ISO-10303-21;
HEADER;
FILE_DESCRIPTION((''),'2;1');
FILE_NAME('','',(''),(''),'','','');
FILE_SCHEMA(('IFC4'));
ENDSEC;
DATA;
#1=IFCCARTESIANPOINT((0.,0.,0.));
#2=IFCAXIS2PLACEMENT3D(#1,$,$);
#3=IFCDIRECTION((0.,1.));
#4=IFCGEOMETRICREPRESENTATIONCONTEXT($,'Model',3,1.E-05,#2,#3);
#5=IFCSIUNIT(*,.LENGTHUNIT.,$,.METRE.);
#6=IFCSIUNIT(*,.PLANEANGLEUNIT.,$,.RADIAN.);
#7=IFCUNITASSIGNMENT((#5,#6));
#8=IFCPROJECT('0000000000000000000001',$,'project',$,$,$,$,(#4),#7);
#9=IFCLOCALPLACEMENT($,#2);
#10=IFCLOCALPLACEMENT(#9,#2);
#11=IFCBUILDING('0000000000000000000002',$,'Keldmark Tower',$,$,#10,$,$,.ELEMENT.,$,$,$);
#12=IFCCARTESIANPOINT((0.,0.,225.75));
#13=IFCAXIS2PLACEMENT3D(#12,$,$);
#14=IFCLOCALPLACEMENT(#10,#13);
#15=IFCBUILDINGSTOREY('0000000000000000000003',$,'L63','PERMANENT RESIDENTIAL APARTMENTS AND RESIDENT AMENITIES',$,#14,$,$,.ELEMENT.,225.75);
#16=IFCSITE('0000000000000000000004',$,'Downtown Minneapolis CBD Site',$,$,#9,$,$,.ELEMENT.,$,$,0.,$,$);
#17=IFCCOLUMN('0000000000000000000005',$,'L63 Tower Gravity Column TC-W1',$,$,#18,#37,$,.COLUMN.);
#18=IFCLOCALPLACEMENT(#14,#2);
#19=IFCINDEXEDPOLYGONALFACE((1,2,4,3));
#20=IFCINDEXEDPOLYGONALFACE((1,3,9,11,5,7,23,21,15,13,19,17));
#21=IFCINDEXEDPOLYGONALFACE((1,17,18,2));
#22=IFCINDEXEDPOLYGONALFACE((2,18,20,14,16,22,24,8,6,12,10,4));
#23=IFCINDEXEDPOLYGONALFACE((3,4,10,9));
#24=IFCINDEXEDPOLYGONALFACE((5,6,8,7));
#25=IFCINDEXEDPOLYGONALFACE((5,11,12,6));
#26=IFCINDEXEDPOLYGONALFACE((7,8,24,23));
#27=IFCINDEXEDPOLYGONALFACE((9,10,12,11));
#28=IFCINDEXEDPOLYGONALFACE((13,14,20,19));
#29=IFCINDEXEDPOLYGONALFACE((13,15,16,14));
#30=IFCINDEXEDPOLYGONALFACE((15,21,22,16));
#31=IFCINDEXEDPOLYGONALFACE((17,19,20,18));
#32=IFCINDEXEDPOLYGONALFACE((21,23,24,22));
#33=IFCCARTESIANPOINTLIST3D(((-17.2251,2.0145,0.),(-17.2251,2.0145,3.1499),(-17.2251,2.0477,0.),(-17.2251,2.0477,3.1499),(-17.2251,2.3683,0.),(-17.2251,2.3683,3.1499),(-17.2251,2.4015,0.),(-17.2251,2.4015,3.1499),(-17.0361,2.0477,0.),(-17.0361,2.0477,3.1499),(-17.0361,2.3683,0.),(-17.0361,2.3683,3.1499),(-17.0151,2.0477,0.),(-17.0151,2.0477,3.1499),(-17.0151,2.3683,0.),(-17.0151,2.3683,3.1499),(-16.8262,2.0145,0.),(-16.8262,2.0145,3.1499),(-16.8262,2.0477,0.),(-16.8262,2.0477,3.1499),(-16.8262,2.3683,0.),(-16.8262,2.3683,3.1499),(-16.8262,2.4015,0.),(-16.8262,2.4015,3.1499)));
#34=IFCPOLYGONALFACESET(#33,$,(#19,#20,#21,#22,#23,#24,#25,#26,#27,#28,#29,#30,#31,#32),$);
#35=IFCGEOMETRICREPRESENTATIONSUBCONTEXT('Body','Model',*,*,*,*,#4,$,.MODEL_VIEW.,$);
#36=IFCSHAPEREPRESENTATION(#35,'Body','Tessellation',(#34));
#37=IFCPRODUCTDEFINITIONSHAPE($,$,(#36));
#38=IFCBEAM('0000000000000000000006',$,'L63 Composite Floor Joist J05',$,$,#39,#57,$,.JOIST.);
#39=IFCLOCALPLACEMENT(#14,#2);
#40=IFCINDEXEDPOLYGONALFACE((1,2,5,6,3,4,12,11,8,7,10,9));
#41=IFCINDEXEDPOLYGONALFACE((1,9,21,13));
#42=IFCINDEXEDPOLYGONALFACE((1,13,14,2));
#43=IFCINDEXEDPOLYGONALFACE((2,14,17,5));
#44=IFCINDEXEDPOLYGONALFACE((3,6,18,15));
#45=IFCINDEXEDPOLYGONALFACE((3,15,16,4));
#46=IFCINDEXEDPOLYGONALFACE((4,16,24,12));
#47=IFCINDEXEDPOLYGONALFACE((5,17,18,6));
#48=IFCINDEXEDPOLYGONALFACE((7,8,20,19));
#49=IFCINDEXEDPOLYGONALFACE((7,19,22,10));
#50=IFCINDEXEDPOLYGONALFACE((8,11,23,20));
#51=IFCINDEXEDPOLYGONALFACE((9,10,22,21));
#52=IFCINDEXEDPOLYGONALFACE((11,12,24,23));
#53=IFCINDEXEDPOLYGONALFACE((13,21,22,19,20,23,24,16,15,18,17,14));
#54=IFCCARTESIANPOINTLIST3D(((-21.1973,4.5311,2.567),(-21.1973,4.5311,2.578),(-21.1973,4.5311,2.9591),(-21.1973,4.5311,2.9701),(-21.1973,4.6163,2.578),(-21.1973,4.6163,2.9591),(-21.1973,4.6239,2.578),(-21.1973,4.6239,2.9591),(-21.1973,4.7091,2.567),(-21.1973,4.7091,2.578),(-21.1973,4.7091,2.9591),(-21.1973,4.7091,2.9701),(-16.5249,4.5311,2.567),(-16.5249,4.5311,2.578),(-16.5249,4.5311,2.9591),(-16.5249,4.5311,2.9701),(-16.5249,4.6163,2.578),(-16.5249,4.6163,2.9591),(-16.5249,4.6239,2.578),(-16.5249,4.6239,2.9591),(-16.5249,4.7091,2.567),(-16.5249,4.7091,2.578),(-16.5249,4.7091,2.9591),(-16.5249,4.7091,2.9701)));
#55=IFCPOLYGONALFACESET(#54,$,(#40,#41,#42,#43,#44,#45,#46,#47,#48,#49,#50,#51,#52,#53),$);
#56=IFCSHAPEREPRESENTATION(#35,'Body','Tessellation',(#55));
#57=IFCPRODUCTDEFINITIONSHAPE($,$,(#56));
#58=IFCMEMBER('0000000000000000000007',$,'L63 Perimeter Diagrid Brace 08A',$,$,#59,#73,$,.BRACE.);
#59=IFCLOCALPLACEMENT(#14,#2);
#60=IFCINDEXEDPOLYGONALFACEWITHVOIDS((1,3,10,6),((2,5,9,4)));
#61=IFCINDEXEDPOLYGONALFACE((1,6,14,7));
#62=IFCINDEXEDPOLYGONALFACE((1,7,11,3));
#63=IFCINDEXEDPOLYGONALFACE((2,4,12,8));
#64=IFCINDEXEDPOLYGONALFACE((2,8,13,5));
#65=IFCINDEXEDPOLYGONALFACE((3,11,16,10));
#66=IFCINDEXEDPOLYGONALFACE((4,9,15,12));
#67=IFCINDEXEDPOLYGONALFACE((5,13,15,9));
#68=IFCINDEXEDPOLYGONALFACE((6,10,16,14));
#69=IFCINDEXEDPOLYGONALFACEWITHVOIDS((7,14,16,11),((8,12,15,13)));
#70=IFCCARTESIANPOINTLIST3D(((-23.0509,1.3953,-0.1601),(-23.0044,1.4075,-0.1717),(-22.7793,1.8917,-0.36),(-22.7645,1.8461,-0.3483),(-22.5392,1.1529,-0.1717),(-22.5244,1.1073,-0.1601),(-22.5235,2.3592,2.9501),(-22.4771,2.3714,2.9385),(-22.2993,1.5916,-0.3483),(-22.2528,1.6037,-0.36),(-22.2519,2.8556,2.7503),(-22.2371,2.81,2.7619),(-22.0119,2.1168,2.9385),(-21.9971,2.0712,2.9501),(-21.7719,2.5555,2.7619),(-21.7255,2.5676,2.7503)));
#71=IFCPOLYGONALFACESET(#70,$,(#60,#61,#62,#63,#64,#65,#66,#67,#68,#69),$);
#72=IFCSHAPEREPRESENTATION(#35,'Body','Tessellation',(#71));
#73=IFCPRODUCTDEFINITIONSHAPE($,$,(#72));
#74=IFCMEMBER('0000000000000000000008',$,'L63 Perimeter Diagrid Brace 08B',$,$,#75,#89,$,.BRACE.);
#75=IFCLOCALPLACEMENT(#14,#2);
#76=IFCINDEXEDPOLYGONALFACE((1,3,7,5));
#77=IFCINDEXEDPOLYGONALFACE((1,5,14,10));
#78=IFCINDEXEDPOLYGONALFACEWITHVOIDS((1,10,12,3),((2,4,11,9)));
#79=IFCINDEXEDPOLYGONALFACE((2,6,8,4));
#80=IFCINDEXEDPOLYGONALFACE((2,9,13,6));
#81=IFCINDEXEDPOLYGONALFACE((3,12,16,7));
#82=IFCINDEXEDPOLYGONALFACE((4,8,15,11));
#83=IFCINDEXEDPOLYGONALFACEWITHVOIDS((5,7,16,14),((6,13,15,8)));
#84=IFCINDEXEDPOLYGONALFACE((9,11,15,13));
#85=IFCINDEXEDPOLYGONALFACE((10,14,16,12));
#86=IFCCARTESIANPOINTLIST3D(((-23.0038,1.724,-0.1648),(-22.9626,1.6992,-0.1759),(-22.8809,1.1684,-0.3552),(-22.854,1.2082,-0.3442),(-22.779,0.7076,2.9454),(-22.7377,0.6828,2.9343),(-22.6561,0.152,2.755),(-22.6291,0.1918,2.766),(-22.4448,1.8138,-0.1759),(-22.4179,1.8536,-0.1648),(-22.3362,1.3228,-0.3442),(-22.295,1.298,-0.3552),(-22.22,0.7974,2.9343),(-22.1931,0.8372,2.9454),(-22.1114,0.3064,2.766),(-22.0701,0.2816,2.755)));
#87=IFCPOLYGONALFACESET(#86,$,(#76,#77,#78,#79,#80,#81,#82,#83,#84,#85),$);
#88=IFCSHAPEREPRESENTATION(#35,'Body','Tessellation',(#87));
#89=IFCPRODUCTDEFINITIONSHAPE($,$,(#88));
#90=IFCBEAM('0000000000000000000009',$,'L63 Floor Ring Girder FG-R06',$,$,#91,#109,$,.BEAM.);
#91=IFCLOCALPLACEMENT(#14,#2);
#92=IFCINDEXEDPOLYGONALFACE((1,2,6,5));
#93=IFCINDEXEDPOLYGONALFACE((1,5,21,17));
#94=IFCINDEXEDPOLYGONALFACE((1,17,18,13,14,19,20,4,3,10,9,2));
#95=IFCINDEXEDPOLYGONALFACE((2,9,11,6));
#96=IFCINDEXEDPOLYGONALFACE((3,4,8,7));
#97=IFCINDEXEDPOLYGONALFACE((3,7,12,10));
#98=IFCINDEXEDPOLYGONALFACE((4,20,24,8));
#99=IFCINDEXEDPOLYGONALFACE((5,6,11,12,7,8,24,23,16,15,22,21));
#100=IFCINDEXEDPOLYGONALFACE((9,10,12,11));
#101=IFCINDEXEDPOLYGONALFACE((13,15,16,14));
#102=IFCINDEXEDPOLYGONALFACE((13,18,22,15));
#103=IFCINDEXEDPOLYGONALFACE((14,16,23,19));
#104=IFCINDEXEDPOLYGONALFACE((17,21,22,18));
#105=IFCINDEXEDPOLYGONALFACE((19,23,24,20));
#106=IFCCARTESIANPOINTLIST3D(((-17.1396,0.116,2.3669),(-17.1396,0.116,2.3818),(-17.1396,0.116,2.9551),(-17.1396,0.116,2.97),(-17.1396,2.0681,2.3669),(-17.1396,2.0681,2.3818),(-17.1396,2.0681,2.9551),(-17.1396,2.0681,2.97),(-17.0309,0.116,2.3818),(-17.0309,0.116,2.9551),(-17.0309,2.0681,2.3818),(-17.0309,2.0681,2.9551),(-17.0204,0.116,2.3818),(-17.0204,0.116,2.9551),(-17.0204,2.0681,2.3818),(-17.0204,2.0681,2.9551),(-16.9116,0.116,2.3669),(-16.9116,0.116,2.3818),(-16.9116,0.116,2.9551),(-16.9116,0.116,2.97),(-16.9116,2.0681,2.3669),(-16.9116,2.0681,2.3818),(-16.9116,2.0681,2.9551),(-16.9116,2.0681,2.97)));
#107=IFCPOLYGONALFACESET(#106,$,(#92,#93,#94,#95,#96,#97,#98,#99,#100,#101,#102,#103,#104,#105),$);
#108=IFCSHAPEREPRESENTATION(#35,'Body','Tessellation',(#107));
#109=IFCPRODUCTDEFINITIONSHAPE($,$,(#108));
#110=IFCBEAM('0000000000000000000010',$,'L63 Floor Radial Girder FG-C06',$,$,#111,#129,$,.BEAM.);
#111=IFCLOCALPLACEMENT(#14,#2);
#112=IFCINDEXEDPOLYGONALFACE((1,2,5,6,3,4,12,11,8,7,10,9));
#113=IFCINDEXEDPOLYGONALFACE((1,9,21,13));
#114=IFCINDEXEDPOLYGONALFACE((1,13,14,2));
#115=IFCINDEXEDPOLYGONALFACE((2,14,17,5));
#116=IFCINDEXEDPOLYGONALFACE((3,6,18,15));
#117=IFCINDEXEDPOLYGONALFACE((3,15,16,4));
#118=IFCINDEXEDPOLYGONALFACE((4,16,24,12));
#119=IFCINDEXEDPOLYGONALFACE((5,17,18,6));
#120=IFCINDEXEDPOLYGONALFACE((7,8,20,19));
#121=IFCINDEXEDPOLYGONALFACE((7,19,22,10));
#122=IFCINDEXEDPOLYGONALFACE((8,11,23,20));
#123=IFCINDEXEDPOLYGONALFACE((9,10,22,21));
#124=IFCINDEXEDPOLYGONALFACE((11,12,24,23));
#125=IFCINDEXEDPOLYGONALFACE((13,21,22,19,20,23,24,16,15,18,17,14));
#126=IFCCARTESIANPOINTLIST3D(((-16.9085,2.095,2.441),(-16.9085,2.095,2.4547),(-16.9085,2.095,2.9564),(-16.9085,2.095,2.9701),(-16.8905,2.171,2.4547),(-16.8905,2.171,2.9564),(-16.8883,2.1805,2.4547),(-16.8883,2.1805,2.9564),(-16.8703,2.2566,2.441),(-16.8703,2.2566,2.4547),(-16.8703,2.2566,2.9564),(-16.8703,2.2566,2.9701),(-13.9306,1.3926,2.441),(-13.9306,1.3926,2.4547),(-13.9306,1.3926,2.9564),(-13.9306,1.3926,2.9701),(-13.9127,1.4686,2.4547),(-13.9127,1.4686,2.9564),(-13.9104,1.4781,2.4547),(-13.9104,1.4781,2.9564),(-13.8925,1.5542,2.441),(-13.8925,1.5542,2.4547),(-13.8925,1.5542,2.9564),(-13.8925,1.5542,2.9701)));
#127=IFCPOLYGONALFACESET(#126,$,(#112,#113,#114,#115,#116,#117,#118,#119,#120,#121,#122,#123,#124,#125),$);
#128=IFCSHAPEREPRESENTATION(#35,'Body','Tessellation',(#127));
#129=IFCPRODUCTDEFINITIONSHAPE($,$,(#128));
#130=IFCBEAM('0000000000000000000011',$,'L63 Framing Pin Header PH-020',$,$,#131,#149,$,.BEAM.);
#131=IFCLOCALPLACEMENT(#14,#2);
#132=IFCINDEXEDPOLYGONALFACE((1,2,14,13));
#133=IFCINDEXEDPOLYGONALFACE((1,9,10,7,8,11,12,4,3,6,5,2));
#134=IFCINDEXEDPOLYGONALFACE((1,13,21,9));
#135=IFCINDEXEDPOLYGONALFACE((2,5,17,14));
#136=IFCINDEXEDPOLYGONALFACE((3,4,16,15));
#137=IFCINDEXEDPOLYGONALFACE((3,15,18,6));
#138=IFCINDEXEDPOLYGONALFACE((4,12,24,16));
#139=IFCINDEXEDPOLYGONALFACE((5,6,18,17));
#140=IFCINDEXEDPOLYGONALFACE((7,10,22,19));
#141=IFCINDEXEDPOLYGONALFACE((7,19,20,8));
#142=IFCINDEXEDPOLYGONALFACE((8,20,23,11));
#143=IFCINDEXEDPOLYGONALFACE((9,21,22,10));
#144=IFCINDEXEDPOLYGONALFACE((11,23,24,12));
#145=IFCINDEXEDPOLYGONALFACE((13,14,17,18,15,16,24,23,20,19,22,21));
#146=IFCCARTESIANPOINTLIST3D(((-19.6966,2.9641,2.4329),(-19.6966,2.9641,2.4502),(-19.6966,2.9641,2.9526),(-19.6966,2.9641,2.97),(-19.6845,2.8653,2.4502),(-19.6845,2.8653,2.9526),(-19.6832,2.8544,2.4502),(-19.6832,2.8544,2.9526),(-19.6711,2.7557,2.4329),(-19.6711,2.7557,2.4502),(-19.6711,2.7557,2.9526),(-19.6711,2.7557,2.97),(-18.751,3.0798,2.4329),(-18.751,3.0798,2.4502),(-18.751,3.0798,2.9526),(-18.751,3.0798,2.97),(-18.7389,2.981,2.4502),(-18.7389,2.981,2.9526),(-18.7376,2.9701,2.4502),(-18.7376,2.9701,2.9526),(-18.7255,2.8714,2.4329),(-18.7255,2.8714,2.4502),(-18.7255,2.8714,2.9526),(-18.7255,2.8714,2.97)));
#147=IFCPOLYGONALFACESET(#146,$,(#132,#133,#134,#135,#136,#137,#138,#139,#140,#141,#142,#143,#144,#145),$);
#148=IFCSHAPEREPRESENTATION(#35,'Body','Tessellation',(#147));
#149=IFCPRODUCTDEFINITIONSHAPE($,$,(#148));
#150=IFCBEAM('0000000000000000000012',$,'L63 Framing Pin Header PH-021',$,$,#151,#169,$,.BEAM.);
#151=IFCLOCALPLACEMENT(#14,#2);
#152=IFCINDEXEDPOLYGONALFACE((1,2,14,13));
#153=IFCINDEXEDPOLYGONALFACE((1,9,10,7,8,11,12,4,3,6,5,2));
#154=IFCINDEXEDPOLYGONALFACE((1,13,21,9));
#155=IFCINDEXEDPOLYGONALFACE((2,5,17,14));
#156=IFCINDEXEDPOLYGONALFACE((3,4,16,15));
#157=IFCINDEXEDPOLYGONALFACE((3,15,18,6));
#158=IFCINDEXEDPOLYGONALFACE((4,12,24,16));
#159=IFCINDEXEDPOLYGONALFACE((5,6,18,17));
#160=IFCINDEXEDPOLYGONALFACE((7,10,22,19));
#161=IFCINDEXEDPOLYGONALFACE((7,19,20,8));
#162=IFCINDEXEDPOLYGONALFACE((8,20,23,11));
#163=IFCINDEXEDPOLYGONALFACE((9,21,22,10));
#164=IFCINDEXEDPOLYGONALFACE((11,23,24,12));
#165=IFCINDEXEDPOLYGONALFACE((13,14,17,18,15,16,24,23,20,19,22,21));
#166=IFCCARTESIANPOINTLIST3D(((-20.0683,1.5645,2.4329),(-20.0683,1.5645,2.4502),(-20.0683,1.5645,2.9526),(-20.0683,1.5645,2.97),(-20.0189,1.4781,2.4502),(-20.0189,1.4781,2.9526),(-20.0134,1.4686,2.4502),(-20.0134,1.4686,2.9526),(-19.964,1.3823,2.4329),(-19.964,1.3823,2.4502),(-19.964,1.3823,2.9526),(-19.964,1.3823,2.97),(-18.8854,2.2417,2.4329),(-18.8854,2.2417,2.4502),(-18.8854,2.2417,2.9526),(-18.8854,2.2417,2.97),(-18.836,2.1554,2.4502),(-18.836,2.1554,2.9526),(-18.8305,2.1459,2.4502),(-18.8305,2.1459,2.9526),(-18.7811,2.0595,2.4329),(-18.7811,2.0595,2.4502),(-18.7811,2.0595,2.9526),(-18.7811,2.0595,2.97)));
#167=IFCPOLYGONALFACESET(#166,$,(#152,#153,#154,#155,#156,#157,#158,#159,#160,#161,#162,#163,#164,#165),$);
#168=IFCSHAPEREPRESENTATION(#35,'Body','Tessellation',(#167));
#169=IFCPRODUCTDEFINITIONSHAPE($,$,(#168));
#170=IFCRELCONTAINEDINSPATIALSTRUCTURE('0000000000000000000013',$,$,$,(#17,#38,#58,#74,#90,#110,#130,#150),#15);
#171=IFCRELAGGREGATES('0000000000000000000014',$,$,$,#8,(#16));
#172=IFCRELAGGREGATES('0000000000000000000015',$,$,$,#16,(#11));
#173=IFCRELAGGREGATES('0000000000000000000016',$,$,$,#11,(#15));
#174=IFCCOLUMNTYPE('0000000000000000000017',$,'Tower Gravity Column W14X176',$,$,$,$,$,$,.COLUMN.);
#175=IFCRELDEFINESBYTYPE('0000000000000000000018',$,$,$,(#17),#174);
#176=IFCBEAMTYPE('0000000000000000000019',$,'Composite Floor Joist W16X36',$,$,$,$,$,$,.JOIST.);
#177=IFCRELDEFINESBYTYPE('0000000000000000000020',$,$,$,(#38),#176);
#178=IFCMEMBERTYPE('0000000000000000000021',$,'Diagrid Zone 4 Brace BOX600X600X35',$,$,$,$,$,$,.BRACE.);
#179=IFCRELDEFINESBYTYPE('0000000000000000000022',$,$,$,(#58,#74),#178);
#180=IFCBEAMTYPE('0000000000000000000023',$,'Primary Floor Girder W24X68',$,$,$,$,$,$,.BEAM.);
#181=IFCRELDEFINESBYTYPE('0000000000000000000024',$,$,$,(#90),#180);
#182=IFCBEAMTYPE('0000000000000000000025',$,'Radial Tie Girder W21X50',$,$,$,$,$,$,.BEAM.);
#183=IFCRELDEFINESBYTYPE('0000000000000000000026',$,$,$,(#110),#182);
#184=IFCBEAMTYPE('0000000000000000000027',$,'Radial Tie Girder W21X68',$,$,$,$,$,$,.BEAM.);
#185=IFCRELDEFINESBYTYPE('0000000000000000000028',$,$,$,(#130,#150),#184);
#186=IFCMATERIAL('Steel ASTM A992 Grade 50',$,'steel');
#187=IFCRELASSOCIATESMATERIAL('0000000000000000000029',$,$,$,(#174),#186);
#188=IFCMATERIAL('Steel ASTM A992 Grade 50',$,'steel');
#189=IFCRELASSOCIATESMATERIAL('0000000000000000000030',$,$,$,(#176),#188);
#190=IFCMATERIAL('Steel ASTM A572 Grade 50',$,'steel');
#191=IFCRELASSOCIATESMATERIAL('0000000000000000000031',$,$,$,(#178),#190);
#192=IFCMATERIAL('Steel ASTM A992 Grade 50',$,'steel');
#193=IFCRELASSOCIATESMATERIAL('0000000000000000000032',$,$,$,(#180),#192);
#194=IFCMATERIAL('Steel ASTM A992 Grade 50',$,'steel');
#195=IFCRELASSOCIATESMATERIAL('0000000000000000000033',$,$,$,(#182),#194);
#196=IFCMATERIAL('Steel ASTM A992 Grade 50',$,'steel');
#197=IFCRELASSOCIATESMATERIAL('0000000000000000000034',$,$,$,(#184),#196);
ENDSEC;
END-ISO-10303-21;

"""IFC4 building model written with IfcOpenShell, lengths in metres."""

from ifc_helpers import new_model, si_unit, direction, frame, origin, origin_2d, place, context, subcontext, project, spatial, hollow_rectangle, i_section, extrude, material, material_profile, profile_set, type_object, element, save


model = new_model("IFC4")

# Units and contexts
model_context = context("Model", 3, precision=1e-05, world=origin(), true_north=direction((0.0, 1.0)))
body_context = subcontext(model_context, "Body", "Model", "MODEL_VIEW")
ifc_project = project(units=[si_unit("LENGTHUNIT", "METRE"), si_unit("PLANEANGLEUNIT", "RADIAN")], contexts=[model_context])

# Site, building, storey
site_placement = place(None, origin())
site = spatial("IfcSite", under=ifc_project, at=site_placement, Name="Downtown Minneapolis CBD Site", CompositionType="ELEMENT", RefElevation=0.0)
building_placement = place(site_placement, origin())
building = spatial("IfcBuilding", under=site, at=building_placement, Name="Keldmark Tower", CompositionType="ELEMENT")
storey_placement = place(building_placement, frame((0.0, 0.0, 225.75)))
storey = spatial("IfcBuildingStorey", under=building, at=storey_placement, Name="L63", Description="PERMANENT RESIDENTIAL APARTMENTS AND RESIDENT AMENITIES", CompositionType="ELEMENT", Elevation=225.75)

# Column
ifc_material_1 = material(Name="Steel ASTM A992 Grade 50", Category="steel")
ifc_material_profile_1 = material_profile(ifc_material_1, i_section(OverallWidth=0.3989, OverallDepth=0.387, WebThickness=0.021, FlangeThickness=0.0332, at=origin_2d()), Name="W14X176")
ifc_profile_set_1 = profile_set([ifc_material_profile_1], Name="Steel ASTM A992 Grade 50")
column_type = type_object("IfcColumnType", Name="Tower Gravity Column W14X176", PredefinedType="COLUMN", material=ifc_profile_set_1)
column_placement = place(storey_placement, frame((-17.0256, 2.208, 0.0), z_axis=(0.0, 0.0, 1.0), x_axis=(1.0, 0.0, 0.0)))
element("IfcColumn", 1, at=column_placement, inside=storey, type_object=column_type, Name="L63 Tower Gravity Column TC-W1", PredefinedType="COLUMN", context=body_context, shape_type="SweptSolid", body=[
    extrude(i_section(OverallWidth=0.3989, OverallDepth=0.387, WebThickness=0.021, FlangeThickness=0.0332, at=origin_2d()), origin(), (0.0, 0.0, 1.0), 3.1499),
])

# Beam
ifc_material_2 = material(Name="Steel ASTM A992 Grade 50", Category="steel")
ifc_material_profile_2 = material_profile(ifc_material_2, i_section(OverallWidth=0.178, OverallDepth=0.4031, WebThickness=0.0076, FlangeThickness=0.011, at=origin_2d()), Name="W16X36")
ifc_profile_set_2 = profile_set([ifc_material_profile_2], Name="Steel ASTM A992 Grade 50")
beam_type_1 = type_object("IfcBeamType", Name="Composite Floor Joist W16X36", PredefinedType="JOIST", material=ifc_profile_set_2)
beam_1_placement = place(storey_placement, frame((-21.1973, 4.6201, 2.7686), z_axis=(1.0, 0.0, 0.0), x_axis=(0.0, 1.0, 0.0)))
element("IfcBeam", 2, at=beam_1_placement, inside=storey, type_object=beam_type_1, Name="L63 Composite Floor Joist J05", PredefinedType="JOIST", context=body_context, shape_type="SweptSolid", body=[
    extrude(i_section(OverallWidth=0.178, OverallDepth=0.4031, WebThickness=0.0076, FlangeThickness=0.011, at=origin_2d()), origin(), (0.0, 0.0, 1.0), 4.6724),
])

# Members
ifc_material_3 = material(Name="Steel ASTM A572 Grade 50", Category="steel")
ifc_material_profile_3 = material_profile(ifc_material_3, hollow_rectangle(XDim=0.6001, YDim=0.6001, WallThickness=0.0349, at=origin_2d()), Name="BOX600X600X35")
ifc_profile_set_3 = profile_set([ifc_material_profile_3], Name="Steel ASTM A572 Grade 50")
member_type = type_object("IfcMemberType", Name="Diagrid Zone 4 Brace BOX600X600X35", PredefinedType="BRACE", material=ifc_profile_set_3)
member_1_placement = place(storey_placement, frame((-22.6519, 1.4995, -0.26), z_axis=(0.159875, 0.292217, 0.942894), x_axis=(-0.877283, 0.479973, 0.0)))
element("IfcMember", 3, at=member_1_placement, inside=storey, type_object=member_type, Name="L63 Perimeter Diagrid Brace 08A", PredefinedType="BRACE", context=body_context, shape_type="SweptSolid", body=[
    extrude(hollow_rectangle(XDim=0.6001, YDim=0.6001, WallThickness=0.0349, at=origin_2d()), origin(), (0.0, 0.0, 1.0), 3.2986),
])
member_2_placement = place(storey_placement, frame((-22.6494, 1.511, -0.26), z_axis=(0.06856, -0.309895, 0.948296), x_axis=(0.976391, 0.216012, 0.0)))
element("IfcMember", 4, at=member_2_placement, inside=storey, type_object=member_type, Name="L63 Perimeter Diagrid Brace 08B", PredefinedType="BRACE", context=body_context, shape_type="SweptSolid", body=[
    extrude(hollow_rectangle(XDim=0.6001, YDim=0.6001, WallThickness=0.0349, at=origin_2d()), origin(), (0.0, 0.0, 1.0), 3.2798),
])

# Beams
ifc_material_4 = material(Name="Steel ASTM A992 Grade 50", Category="steel")
ifc_material_profile_4 = material_profile(ifc_material_4, i_section(OverallWidth=0.228, OverallDepth=0.603, WebThickness=0.0105, FlangeThickness=0.0149, at=origin_2d()), Name="W24X68")
ifc_profile_set_4 = profile_set([ifc_material_profile_4], Name="Steel ASTM A992 Grade 50")
beam_type_2 = type_object("IfcBeamType", Name="Primary Floor Girder W24X68", PredefinedType="BEAM", material=ifc_profile_set_4)
beam_2_placement = place(storey_placement, frame((-17.0256, 2.0681, 2.6685), z_axis=(0.0, -1.0, 0.0), x_axis=(1.0, 0.0, 0.0)))
element("IfcBeam", 5, at=beam_2_placement, inside=storey, type_object=beam_type_2, Name="L63 Floor Ring Girder FG-R06", PredefinedType="BEAM", context=body_context, shape_type="SweptSolid", body=[
    extrude(i_section(OverallWidth=0.228, OverallDepth=0.603, WebThickness=0.0105, FlangeThickness=0.0149, at=origin_2d()), origin(), (0.0, 0.0, 1.0), 1.9521),
])
ifc_material_5 = material(Name="Steel ASTM A992 Grade 50", Category="steel")
ifc_material_profile_5 = material_profile(ifc_material_5, i_section(OverallWidth=0.166, OverallDepth=0.5291, WebThickness=0.0098, FlangeThickness=0.0137, at=origin_2d()), Name="W21X50")
ifc_profile_set_5 = profile_set([ifc_material_profile_5], Name="Steel ASTM A992 Grade 50")
beam_type_3 = type_object("IfcBeamType", Name="Radial Tie Girder W21X50", PredefinedType="BEAM", material=ifc_profile_set_5)
beam_3_placement = place(storey_placement, frame((-16.8894, 2.1758, 2.7056), z_axis=(0.97329, -0.229577, 0.0), x_axis=(0.229577, 0.97329, 0.0)))
element("IfcBeam", 6, at=beam_3_placement, inside=storey, type_object=beam_type_3, Name="L63 Floor Radial Girder FG-C06", PredefinedType="BEAM", context=body_context, shape_type="SweptSolid", body=[
    extrude(i_section(OverallWidth=0.166, OverallDepth=0.5291, WebThickness=0.0098, FlangeThickness=0.0137, at=origin_2d()), origin(), (0.0, 0.0, 1.0), 3.0596),
])
ifc_material_6 = material(Name="Steel ASTM A992 Grade 50", Category="steel")
ifc_material_profile_6 = material_profile(ifc_material_6, i_section(OverallWidth=0.21, OverallDepth=0.5371, WebThickness=0.011, FlangeThickness=0.0173, at=origin_2d()), Name="W21X68")
ifc_profile_set_6 = profile_set([ifc_material_profile_6], Name="Steel ASTM A992 Grade 50")
beam_type_4 = type_object("IfcBeamType", Name="Radial Tie Girder W21X68", PredefinedType="BEAM", material=ifc_profile_set_6)
beam_4_placement = place(storey_placement, frame((-18.7383, 2.9756, 2.7014), z_axis=(-0.992594, -0.121479, 0.0), x_axis=(0.121479, -0.992594, 0.0)))
element("IfcBeam", 7, at=beam_4_placement, inside=storey, type_object=beam_type_4, Name="L63 Framing Pin Header PH-020", PredefinedType="BEAM", context=body_context, shape_type="SweptSolid", body=[
    extrude(i_section(OverallWidth=0.21, OverallDepth=0.5371, WebThickness=0.011, FlangeThickness=0.0173, at=origin_2d()), origin(), (0.0, 0.0, 1.0), 0.9526),
])
beam_5_placement = place(storey_placement, frame((-18.8333, 2.1506, 2.7014), z_axis=(-0.867824, -0.496872, 0.0), x_axis=(0.496872, -0.867824, 0.0)))
element("IfcBeam", 8, at=beam_5_placement, inside=storey, type_object=beam_type_4, Name="L63 Framing Pin Header PH-021", PredefinedType="BEAM", context=body_context, shape_type="SweptSolid", body=[
    extrude(i_section(OverallWidth=0.21, OverallDepth=0.5371, WebThickness=0.011, FlangeThickness=0.0173, at=origin_2d()), origin(), (0.0, 0.0, 1.0), 1.363),
])

save(model, "model.ifc")
